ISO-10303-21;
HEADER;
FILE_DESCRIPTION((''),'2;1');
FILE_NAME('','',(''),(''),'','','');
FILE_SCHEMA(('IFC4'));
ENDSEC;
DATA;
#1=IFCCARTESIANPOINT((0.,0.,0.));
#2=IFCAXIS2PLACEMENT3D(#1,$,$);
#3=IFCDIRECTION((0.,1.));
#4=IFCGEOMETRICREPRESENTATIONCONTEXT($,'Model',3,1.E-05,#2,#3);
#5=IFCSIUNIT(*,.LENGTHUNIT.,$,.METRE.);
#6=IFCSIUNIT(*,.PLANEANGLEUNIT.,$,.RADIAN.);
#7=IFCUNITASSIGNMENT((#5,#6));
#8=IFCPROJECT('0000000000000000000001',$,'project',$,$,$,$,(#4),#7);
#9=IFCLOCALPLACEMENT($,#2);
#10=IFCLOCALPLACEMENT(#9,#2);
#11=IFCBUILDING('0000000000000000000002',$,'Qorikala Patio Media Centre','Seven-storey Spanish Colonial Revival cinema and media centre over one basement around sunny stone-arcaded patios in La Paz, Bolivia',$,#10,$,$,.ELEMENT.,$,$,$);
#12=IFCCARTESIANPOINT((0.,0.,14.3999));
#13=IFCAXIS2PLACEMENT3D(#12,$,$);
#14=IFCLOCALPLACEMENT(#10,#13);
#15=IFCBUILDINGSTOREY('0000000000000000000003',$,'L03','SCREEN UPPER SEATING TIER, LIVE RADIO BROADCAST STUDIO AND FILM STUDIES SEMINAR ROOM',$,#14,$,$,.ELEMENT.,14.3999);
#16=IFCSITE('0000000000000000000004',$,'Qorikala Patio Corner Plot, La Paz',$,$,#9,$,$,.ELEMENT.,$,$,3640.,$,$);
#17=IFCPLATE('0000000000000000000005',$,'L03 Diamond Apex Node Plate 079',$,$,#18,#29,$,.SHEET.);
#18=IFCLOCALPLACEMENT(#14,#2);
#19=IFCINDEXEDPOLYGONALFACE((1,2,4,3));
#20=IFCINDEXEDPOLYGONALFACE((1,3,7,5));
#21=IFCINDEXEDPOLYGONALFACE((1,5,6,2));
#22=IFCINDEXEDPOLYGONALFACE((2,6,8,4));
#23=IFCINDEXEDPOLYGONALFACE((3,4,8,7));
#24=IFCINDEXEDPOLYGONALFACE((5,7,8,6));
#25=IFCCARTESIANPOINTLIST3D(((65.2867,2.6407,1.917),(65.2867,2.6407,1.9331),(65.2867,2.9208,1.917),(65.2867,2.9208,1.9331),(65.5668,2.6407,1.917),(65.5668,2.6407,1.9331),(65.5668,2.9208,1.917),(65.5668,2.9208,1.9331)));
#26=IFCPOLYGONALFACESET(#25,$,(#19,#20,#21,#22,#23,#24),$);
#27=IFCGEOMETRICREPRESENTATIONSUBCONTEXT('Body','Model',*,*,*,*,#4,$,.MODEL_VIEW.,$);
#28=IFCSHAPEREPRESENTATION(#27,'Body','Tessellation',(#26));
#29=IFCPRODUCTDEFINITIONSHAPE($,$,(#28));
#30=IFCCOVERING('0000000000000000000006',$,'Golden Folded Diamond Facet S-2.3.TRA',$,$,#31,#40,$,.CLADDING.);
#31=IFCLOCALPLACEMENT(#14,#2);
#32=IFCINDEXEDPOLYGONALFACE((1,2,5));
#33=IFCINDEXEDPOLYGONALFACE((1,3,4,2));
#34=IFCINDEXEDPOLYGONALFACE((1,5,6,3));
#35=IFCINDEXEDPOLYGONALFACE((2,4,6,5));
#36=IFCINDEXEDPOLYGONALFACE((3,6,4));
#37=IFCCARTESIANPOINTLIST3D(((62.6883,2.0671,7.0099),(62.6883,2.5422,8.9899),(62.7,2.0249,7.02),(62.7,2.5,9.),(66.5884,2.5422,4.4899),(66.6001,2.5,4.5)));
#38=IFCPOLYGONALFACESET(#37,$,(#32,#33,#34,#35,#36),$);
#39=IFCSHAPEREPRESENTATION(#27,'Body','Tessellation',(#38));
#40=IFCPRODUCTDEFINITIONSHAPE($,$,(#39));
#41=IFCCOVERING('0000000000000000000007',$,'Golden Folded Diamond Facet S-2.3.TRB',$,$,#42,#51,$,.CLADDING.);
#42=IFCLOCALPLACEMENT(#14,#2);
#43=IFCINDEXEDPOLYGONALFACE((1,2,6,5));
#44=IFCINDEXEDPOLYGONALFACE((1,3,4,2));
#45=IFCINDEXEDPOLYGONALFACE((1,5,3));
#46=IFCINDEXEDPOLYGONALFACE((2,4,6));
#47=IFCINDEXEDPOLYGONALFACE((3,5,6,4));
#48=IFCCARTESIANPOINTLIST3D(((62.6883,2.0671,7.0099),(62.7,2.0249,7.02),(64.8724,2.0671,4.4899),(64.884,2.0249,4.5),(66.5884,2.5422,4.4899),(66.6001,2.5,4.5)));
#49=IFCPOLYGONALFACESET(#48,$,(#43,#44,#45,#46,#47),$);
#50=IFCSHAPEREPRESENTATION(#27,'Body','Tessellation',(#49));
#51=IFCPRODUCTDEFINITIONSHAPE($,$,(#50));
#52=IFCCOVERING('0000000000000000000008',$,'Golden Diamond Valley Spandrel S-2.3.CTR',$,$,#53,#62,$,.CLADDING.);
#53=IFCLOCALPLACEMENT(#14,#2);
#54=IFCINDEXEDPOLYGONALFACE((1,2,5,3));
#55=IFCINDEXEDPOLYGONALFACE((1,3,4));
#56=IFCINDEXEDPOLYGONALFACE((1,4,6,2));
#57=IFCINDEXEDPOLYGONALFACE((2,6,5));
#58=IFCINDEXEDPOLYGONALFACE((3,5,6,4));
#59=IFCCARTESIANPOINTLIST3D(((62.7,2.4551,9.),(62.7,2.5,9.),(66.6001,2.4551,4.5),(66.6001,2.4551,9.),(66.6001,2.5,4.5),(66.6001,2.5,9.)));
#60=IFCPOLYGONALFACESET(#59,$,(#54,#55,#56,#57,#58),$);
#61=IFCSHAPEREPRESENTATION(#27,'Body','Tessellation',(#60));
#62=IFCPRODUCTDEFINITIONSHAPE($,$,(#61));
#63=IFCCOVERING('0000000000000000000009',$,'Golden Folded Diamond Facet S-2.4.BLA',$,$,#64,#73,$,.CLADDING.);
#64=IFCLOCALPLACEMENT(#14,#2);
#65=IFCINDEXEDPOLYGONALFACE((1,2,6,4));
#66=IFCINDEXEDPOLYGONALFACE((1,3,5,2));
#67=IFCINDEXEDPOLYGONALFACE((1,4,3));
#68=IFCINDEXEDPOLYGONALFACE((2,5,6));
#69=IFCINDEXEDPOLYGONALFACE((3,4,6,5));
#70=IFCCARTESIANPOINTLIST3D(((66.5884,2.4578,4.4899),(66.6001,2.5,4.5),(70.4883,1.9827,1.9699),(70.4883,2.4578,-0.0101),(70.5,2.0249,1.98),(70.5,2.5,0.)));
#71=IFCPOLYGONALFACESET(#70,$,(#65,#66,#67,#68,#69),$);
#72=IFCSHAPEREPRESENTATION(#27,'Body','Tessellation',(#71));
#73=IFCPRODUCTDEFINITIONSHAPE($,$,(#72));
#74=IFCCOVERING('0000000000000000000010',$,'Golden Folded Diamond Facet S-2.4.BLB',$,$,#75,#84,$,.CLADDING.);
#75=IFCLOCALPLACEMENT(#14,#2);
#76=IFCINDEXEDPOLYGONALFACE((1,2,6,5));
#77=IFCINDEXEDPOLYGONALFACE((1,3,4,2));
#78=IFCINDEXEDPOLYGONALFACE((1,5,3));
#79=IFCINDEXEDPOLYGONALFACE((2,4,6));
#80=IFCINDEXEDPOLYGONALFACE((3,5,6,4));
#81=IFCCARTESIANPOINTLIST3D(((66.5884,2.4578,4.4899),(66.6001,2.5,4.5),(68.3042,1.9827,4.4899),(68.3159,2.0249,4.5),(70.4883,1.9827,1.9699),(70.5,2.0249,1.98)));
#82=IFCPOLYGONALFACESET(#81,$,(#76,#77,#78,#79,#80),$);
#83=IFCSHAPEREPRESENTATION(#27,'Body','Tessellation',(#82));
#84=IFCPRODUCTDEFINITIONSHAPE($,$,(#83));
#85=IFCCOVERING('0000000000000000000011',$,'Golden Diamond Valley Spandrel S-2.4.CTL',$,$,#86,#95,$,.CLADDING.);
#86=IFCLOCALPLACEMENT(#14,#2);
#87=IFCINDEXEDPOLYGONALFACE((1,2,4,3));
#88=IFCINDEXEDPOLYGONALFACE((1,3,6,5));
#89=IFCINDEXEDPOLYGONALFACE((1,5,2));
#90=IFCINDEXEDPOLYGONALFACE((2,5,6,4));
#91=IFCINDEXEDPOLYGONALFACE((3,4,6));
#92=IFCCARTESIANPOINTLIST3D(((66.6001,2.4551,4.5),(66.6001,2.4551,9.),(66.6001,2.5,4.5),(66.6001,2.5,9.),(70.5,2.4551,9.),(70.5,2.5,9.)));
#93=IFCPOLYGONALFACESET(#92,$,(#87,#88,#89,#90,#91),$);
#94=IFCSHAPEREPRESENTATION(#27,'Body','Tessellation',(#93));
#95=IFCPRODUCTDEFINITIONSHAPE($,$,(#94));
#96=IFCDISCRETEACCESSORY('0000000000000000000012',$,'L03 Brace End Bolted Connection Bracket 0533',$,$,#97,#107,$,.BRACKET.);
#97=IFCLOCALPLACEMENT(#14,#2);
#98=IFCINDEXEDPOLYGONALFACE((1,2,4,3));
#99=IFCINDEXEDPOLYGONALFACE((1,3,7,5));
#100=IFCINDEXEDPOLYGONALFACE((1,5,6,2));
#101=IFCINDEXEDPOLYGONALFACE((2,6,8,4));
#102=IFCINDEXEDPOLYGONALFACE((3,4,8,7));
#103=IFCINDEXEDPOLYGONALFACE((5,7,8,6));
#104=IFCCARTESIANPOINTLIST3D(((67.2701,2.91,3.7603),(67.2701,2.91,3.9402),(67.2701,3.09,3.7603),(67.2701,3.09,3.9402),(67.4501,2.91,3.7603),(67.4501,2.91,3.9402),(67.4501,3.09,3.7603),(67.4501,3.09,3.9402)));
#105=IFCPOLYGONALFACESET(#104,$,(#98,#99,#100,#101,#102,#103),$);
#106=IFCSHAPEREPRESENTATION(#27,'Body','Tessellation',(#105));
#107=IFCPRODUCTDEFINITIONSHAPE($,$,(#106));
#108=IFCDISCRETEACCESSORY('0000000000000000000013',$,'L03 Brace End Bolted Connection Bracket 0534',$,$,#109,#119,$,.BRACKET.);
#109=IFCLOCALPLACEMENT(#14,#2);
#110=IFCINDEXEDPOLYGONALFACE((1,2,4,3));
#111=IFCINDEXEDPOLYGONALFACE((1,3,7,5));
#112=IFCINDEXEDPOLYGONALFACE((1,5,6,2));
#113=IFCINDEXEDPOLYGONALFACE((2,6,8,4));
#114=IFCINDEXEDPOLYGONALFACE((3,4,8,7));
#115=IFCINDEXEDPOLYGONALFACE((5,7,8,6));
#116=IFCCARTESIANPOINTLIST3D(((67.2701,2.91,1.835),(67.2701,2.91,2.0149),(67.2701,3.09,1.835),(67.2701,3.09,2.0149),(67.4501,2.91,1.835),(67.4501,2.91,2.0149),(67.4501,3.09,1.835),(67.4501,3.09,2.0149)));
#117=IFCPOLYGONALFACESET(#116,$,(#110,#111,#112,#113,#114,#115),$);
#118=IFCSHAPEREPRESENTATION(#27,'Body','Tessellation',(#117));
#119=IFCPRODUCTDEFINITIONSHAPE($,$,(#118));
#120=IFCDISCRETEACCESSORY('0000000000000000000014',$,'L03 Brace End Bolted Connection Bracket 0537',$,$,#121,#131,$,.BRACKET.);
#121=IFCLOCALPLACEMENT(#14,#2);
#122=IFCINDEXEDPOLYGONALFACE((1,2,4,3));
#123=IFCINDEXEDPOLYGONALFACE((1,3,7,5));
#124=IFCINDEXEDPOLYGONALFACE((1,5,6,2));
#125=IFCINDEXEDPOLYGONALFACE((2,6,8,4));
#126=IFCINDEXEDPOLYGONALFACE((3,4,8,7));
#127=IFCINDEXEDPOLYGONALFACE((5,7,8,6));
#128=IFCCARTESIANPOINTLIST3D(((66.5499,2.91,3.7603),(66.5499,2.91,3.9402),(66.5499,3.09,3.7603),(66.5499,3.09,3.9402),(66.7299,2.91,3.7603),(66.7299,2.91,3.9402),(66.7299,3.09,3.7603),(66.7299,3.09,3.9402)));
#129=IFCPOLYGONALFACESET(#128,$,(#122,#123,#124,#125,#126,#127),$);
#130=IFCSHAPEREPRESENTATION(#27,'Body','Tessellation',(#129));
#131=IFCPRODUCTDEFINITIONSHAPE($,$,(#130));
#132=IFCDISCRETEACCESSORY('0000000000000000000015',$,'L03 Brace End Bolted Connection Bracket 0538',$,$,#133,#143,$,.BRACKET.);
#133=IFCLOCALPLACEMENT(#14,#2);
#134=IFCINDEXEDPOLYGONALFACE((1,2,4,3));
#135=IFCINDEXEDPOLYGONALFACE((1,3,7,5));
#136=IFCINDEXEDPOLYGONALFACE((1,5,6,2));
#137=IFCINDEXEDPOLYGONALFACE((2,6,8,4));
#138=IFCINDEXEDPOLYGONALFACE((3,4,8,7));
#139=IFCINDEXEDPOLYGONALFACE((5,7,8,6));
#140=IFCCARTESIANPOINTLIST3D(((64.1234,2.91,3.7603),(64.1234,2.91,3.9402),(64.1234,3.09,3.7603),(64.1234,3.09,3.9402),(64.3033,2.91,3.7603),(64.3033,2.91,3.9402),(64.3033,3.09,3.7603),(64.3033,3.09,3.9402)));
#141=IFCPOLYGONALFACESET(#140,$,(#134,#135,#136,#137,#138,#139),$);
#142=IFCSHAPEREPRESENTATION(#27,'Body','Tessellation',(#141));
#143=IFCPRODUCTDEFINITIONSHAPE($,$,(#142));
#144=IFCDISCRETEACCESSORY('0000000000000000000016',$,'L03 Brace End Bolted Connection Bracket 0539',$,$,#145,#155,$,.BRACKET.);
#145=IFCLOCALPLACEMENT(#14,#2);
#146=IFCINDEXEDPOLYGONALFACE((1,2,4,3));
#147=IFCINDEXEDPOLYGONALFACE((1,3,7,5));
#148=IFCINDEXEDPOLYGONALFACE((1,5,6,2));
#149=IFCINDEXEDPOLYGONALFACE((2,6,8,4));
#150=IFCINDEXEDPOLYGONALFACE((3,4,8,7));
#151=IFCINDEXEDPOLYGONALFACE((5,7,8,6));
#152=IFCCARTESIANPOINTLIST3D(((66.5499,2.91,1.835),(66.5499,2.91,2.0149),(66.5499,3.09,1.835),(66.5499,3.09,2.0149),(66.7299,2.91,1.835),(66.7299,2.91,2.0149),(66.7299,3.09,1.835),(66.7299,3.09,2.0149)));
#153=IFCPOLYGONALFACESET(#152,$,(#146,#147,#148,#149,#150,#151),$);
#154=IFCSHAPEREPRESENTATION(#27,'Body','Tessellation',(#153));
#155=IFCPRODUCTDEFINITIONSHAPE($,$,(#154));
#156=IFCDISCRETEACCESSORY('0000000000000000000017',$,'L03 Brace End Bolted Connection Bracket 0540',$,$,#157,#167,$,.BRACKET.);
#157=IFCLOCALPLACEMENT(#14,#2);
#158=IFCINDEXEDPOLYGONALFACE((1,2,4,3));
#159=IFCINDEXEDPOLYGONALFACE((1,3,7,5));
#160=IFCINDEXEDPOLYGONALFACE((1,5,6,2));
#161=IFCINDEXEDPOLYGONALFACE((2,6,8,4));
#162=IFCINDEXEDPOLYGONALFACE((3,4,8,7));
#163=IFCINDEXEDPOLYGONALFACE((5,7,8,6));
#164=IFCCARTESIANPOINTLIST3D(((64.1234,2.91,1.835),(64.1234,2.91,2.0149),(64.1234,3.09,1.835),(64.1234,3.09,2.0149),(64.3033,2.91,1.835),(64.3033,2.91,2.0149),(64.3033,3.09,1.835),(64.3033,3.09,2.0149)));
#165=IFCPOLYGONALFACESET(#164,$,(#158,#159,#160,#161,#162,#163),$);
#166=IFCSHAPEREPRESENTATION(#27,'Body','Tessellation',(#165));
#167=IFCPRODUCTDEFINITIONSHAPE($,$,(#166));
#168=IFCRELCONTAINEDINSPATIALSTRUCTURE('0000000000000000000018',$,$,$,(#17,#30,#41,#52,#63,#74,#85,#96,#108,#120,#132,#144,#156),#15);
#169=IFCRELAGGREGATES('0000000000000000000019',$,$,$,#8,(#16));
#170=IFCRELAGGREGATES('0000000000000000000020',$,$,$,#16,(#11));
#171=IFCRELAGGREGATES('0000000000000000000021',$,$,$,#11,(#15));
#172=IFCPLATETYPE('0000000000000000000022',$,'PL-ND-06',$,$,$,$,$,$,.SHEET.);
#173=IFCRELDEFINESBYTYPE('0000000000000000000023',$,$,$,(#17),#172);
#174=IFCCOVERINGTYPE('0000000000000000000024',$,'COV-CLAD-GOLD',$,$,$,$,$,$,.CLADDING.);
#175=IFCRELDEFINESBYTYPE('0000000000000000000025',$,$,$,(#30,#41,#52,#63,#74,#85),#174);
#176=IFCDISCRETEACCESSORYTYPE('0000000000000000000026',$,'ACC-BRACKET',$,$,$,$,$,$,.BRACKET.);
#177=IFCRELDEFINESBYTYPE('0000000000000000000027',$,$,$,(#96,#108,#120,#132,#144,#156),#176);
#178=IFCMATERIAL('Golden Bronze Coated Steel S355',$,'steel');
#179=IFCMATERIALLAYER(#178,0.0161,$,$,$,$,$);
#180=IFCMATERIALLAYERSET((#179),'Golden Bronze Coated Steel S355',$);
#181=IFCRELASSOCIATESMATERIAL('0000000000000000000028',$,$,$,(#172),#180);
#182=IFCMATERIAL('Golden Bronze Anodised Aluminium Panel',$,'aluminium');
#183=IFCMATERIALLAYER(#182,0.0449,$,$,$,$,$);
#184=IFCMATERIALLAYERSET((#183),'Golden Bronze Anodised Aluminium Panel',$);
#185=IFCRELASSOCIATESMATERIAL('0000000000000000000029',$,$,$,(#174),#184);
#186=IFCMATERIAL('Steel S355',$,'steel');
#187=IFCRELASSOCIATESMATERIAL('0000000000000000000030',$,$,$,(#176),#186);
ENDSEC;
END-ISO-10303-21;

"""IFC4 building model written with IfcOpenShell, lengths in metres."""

from ifc_helpers import new_model, si_unit, direction, frame, origin, origin_2d, place, context, subcontext, project, spatial, polyline, rectangle, outline, extrude, material, layer, layer_set, type_object, element, save


model = new_model("IFC4")

# Units and contexts
model_context = context("Model", 3, precision=1e-05, world=origin(), true_north=direction((0.0, 1.0)))
body_context = subcontext(model_context, "Body", "Model", "MODEL_VIEW")
ifc_project = project(units=[si_unit("LENGTHUNIT", "METRE"), si_unit("PLANEANGLEUNIT", "RADIAN")], contexts=[model_context])

# Site, building, storey
site_placement = place(None, origin())
site = spatial("IfcSite", under=ifc_project, at=site_placement, Name="Qorikala Patio Corner Plot, La Paz", CompositionType="ELEMENT", RefElevation=3640.0)
building_placement = place(site_placement, origin())
building = spatial("IfcBuilding", under=site, at=building_placement, Name="Qorikala Patio Media Centre", Description="Seven-storey Spanish Colonial Revival cinema and media centre over one basement around sunny stone-arcaded patios in La Paz, Bolivia", CompositionType="ELEMENT")
storey_placement = place(building_placement, frame((0.0, 0.0, 14.3999)))
storey = spatial("IfcBuildingStorey", under=building, at=storey_placement, Name="L03", Description="SCREEN UPPER SEATING TIER, LIVE RADIO BROADCAST STUDIO AND FILM STUDIES SEMINAR ROOM", CompositionType="ELEMENT", Elevation=14.3999)

# Shared definitions
ifc_material_1 = material(Name="Golden Bronze Coated Steel S355", Category="steel")

# Plate
ifc_layer_1 = layer(ifc_material_1, 0.0161)
ifc_layer_set_1 = layer_set([ifc_layer_1], Name="Golden Bronze Coated Steel S355")
plate_type_1 = type_object("IfcPlateType", Name="PL-ND-06", PredefinedType="SHEET", material=ifc_layer_set_1)
for number, where, z_axis, x_axis, name in (
    (1, (65.4268, 2.7808, 1.917), (0.0, 0.0, 1.0), (-1.0, 0.0, 0.0), "L03 Diamond Apex Node Plate 079"),
):
    element("IfcPlate", number, at=place(storey_placement, frame(where, z_axis=z_axis, x_axis=x_axis)), inside=storey, type_object=plate_type_1, Name=name, PredefinedType="SHEET", context=body_context, shape_type="SweptSolid", body=[
        extrude(rectangle(XDim=0.28, YDim=0.28, at=origin_2d()), origin(), (0.0, 0.0, 1.0), 0.0161),
    ])

# Coverings
ifc_material_2 = material(Name="Golden Bronze Anodised Aluminium Panel", Category="aluminium")
ifc_layer_2 = layer(ifc_material_2, 0.0449)
ifc_layer_set_2 = layer_set([ifc_layer_2], Name="Golden Bronze Anodised Aluminium Panel")
covering_type = type_object("IfcCoveringType", Name="COV-CLAD-GOLD", PredefinedType="CLADDING", material=ifc_layer_set_2)
covering_1_placement = place(storey_placement, frame((66.6001, 2.5, 4.5), z_axis=(0.259958, -0.938967, 0.225306), x_axis=(-0.654945, 0.0, 0.755677)))
element("IfcCovering", 2, at=covering_1_placement, inside=storey, type_object=covering_type, Name="Golden Folded Diamond Facet S-2.3.TRA", PredefinedType="CLADDING", context=body_context, shape_type="SweptSolid", body=[
    extrude(outline(polyline([(0.0, 0.0), (5.9549, 0.0), (4.4587, 1.3811), (0.0, 0.0)])), origin(), (0.0, 0.0, -1.0), 0.0449),
])
covering_2_placement = place(storey_placement, frame((66.6001, 2.5, 4.5), z_axis=(0.259956, -0.938968, 0.225302), x_axis=(-0.835562, -0.101784, 0.539885)))
element("IfcCovering", 3, at=covering_2_placement, inside=storey, type_object=covering_type, Name="Golden Folded Diamond Facet S-2.3.TRB", PredefinedType="CLADDING", context=body_context, shape_type="SweptSolid", body=[
    extrude(outline(polyline([(0.0, 0.0), (4.6677, 0.0), (1.4822, 0.9867), (0.0, 0.0)])), origin(), (0.0, 0.0, -1.0), 0.0449),
])
covering_3_placement = place(storey_placement, frame((66.6001, 2.5, 9.0), z_axis=(0.0, 1.0, 0.0), x_axis=(0.0, 0.0, -1.0)))
element("IfcCovering", 4, at=covering_3_placement, inside=storey, type_object=covering_type, Name="Golden Diamond Valley Spandrel S-2.3.CTR", PredefinedType="CLADDING", context=body_context, shape_type="SweptSolid", body=[
    extrude(outline(polyline([(0.0, 0.0), (4.5, 0.0), (0.0, 3.9001), (0.0, 0.0)])), origin(), (0.0, 0.0, -1.0), 0.0449),
])
covering_4_placement = place(storey_placement, frame((66.6001, 2.5, 4.5), z_axis=(0.259974, 0.938963, 0.225305), x_axis=(0.654921, 0.0, -0.755697)))
element("IfcCovering", 5, at=covering_4_placement, inside=storey, type_object=covering_type, Name="Golden Folded Diamond Facet S-2.4.BLA", PredefinedType="CLADDING", context=body_context, shape_type="SweptSolid", body=[
    extrude(outline(polyline([(0.0, 0.0), (5.9548, 0.0), (4.4585, -1.381), (0.0, 0.0)])), origin(), (0.0, 0.0, -1.0), 0.0449),
])
covering_5_placement = place(storey_placement, frame((66.6001, 2.5, 4.5), z_axis=(0.259989, 0.938953, 0.22533), x_axis=(0.835546, -0.101789, -0.539909)))
element("IfcCovering", 6, at=covering_5_placement, inside=storey, type_object=covering_type, Name="Golden Folded Diamond Facet S-2.4.BLB", PredefinedType="CLADDING", context=body_context, shape_type="SweptSolid", body=[
    extrude(outline(polyline([(0.0, 0.0), (4.6675, 0.0), (1.482, -0.9866), (0.0, 0.0)])), origin(), (0.0, 0.0, -1.0), 0.0449),
])
covering_6_placement = place(storey_placement, frame((66.6001, 2.5, 9.0), z_axis=(0.0, 1.0, 0.0), x_axis=(1.0, 0.0, 0.0)))
element("IfcCovering", 7, at=covering_6_placement, inside=storey, type_object=covering_type, Name="Golden Diamond Valley Spandrel S-2.4.CTL", PredefinedType="CLADDING", context=body_context, shape_type="SweptSolid", body=[
    extrude(outline(polyline([(0.0, 0.0), (3.8999, 0.0), (0.0, 4.5), (0.0, 0.0)])), origin(), (0.0, 0.0, -1.0), 0.0449),
])

# Discrete accessories
ifc_material_3 = material(Name="Steel S355", Category="steel")
discrete_accessory_type = type_object("IfcDiscreteAccessoryType", Name="ACC-BRACKET", PredefinedType="BRACKET", material=ifc_material_3)
for number, where, z_axis, x_axis, name in (
    (8, (67.3601, 3.0, 3.7603), (0.0, 0.0, 1.0), (1.0, 0.0, 0.0), "L03 Brace End Bolted Connection Bracket 0533"),
    (9, (67.3601, 3.0, 1.835), (0.0, 0.0, 1.0), (1.0, 0.0, 0.0), "L03 Brace End Bolted Connection Bracket 0534"),
    (10, (66.6399, 3.0, 3.7603), (0.0, 0.0, 1.0), (1.0, 0.0, 0.0), "L03 Brace End Bolted Connection Bracket 0537"),
    (11, (64.2134, 3.0, 3.7603), (0.0, 0.0, 1.0), (1.0, 0.0, 0.0), "L03 Brace End Bolted Connection Bracket 0538"),
    (12, (66.6399, 3.0, 1.835), (0.0, 0.0, 1.0), (1.0, 0.0, 0.0), "L03 Brace End Bolted Connection Bracket 0539"),
    (13, (64.2134, 3.0, 1.835), (0.0, 0.0, 1.0), (1.0, 0.0, 0.0), "L03 Brace End Bolted Connection Bracket 0540"),
):
    element("IfcDiscreteAccessory", number, at=place(storey_placement, frame(where, z_axis=z_axis, x_axis=x_axis)), inside=storey, type_object=discrete_accessory_type, Name=name, PredefinedType="BRACKET", context=body_context, shape_type="SweptSolid", body=[
        extrude(rectangle(XDim=0.1799, YDim=0.1799, at=origin_2d()), origin(), (0.0, 0.0, 1.0), 0.1799),
    ])

save(model, "model.ifc")
